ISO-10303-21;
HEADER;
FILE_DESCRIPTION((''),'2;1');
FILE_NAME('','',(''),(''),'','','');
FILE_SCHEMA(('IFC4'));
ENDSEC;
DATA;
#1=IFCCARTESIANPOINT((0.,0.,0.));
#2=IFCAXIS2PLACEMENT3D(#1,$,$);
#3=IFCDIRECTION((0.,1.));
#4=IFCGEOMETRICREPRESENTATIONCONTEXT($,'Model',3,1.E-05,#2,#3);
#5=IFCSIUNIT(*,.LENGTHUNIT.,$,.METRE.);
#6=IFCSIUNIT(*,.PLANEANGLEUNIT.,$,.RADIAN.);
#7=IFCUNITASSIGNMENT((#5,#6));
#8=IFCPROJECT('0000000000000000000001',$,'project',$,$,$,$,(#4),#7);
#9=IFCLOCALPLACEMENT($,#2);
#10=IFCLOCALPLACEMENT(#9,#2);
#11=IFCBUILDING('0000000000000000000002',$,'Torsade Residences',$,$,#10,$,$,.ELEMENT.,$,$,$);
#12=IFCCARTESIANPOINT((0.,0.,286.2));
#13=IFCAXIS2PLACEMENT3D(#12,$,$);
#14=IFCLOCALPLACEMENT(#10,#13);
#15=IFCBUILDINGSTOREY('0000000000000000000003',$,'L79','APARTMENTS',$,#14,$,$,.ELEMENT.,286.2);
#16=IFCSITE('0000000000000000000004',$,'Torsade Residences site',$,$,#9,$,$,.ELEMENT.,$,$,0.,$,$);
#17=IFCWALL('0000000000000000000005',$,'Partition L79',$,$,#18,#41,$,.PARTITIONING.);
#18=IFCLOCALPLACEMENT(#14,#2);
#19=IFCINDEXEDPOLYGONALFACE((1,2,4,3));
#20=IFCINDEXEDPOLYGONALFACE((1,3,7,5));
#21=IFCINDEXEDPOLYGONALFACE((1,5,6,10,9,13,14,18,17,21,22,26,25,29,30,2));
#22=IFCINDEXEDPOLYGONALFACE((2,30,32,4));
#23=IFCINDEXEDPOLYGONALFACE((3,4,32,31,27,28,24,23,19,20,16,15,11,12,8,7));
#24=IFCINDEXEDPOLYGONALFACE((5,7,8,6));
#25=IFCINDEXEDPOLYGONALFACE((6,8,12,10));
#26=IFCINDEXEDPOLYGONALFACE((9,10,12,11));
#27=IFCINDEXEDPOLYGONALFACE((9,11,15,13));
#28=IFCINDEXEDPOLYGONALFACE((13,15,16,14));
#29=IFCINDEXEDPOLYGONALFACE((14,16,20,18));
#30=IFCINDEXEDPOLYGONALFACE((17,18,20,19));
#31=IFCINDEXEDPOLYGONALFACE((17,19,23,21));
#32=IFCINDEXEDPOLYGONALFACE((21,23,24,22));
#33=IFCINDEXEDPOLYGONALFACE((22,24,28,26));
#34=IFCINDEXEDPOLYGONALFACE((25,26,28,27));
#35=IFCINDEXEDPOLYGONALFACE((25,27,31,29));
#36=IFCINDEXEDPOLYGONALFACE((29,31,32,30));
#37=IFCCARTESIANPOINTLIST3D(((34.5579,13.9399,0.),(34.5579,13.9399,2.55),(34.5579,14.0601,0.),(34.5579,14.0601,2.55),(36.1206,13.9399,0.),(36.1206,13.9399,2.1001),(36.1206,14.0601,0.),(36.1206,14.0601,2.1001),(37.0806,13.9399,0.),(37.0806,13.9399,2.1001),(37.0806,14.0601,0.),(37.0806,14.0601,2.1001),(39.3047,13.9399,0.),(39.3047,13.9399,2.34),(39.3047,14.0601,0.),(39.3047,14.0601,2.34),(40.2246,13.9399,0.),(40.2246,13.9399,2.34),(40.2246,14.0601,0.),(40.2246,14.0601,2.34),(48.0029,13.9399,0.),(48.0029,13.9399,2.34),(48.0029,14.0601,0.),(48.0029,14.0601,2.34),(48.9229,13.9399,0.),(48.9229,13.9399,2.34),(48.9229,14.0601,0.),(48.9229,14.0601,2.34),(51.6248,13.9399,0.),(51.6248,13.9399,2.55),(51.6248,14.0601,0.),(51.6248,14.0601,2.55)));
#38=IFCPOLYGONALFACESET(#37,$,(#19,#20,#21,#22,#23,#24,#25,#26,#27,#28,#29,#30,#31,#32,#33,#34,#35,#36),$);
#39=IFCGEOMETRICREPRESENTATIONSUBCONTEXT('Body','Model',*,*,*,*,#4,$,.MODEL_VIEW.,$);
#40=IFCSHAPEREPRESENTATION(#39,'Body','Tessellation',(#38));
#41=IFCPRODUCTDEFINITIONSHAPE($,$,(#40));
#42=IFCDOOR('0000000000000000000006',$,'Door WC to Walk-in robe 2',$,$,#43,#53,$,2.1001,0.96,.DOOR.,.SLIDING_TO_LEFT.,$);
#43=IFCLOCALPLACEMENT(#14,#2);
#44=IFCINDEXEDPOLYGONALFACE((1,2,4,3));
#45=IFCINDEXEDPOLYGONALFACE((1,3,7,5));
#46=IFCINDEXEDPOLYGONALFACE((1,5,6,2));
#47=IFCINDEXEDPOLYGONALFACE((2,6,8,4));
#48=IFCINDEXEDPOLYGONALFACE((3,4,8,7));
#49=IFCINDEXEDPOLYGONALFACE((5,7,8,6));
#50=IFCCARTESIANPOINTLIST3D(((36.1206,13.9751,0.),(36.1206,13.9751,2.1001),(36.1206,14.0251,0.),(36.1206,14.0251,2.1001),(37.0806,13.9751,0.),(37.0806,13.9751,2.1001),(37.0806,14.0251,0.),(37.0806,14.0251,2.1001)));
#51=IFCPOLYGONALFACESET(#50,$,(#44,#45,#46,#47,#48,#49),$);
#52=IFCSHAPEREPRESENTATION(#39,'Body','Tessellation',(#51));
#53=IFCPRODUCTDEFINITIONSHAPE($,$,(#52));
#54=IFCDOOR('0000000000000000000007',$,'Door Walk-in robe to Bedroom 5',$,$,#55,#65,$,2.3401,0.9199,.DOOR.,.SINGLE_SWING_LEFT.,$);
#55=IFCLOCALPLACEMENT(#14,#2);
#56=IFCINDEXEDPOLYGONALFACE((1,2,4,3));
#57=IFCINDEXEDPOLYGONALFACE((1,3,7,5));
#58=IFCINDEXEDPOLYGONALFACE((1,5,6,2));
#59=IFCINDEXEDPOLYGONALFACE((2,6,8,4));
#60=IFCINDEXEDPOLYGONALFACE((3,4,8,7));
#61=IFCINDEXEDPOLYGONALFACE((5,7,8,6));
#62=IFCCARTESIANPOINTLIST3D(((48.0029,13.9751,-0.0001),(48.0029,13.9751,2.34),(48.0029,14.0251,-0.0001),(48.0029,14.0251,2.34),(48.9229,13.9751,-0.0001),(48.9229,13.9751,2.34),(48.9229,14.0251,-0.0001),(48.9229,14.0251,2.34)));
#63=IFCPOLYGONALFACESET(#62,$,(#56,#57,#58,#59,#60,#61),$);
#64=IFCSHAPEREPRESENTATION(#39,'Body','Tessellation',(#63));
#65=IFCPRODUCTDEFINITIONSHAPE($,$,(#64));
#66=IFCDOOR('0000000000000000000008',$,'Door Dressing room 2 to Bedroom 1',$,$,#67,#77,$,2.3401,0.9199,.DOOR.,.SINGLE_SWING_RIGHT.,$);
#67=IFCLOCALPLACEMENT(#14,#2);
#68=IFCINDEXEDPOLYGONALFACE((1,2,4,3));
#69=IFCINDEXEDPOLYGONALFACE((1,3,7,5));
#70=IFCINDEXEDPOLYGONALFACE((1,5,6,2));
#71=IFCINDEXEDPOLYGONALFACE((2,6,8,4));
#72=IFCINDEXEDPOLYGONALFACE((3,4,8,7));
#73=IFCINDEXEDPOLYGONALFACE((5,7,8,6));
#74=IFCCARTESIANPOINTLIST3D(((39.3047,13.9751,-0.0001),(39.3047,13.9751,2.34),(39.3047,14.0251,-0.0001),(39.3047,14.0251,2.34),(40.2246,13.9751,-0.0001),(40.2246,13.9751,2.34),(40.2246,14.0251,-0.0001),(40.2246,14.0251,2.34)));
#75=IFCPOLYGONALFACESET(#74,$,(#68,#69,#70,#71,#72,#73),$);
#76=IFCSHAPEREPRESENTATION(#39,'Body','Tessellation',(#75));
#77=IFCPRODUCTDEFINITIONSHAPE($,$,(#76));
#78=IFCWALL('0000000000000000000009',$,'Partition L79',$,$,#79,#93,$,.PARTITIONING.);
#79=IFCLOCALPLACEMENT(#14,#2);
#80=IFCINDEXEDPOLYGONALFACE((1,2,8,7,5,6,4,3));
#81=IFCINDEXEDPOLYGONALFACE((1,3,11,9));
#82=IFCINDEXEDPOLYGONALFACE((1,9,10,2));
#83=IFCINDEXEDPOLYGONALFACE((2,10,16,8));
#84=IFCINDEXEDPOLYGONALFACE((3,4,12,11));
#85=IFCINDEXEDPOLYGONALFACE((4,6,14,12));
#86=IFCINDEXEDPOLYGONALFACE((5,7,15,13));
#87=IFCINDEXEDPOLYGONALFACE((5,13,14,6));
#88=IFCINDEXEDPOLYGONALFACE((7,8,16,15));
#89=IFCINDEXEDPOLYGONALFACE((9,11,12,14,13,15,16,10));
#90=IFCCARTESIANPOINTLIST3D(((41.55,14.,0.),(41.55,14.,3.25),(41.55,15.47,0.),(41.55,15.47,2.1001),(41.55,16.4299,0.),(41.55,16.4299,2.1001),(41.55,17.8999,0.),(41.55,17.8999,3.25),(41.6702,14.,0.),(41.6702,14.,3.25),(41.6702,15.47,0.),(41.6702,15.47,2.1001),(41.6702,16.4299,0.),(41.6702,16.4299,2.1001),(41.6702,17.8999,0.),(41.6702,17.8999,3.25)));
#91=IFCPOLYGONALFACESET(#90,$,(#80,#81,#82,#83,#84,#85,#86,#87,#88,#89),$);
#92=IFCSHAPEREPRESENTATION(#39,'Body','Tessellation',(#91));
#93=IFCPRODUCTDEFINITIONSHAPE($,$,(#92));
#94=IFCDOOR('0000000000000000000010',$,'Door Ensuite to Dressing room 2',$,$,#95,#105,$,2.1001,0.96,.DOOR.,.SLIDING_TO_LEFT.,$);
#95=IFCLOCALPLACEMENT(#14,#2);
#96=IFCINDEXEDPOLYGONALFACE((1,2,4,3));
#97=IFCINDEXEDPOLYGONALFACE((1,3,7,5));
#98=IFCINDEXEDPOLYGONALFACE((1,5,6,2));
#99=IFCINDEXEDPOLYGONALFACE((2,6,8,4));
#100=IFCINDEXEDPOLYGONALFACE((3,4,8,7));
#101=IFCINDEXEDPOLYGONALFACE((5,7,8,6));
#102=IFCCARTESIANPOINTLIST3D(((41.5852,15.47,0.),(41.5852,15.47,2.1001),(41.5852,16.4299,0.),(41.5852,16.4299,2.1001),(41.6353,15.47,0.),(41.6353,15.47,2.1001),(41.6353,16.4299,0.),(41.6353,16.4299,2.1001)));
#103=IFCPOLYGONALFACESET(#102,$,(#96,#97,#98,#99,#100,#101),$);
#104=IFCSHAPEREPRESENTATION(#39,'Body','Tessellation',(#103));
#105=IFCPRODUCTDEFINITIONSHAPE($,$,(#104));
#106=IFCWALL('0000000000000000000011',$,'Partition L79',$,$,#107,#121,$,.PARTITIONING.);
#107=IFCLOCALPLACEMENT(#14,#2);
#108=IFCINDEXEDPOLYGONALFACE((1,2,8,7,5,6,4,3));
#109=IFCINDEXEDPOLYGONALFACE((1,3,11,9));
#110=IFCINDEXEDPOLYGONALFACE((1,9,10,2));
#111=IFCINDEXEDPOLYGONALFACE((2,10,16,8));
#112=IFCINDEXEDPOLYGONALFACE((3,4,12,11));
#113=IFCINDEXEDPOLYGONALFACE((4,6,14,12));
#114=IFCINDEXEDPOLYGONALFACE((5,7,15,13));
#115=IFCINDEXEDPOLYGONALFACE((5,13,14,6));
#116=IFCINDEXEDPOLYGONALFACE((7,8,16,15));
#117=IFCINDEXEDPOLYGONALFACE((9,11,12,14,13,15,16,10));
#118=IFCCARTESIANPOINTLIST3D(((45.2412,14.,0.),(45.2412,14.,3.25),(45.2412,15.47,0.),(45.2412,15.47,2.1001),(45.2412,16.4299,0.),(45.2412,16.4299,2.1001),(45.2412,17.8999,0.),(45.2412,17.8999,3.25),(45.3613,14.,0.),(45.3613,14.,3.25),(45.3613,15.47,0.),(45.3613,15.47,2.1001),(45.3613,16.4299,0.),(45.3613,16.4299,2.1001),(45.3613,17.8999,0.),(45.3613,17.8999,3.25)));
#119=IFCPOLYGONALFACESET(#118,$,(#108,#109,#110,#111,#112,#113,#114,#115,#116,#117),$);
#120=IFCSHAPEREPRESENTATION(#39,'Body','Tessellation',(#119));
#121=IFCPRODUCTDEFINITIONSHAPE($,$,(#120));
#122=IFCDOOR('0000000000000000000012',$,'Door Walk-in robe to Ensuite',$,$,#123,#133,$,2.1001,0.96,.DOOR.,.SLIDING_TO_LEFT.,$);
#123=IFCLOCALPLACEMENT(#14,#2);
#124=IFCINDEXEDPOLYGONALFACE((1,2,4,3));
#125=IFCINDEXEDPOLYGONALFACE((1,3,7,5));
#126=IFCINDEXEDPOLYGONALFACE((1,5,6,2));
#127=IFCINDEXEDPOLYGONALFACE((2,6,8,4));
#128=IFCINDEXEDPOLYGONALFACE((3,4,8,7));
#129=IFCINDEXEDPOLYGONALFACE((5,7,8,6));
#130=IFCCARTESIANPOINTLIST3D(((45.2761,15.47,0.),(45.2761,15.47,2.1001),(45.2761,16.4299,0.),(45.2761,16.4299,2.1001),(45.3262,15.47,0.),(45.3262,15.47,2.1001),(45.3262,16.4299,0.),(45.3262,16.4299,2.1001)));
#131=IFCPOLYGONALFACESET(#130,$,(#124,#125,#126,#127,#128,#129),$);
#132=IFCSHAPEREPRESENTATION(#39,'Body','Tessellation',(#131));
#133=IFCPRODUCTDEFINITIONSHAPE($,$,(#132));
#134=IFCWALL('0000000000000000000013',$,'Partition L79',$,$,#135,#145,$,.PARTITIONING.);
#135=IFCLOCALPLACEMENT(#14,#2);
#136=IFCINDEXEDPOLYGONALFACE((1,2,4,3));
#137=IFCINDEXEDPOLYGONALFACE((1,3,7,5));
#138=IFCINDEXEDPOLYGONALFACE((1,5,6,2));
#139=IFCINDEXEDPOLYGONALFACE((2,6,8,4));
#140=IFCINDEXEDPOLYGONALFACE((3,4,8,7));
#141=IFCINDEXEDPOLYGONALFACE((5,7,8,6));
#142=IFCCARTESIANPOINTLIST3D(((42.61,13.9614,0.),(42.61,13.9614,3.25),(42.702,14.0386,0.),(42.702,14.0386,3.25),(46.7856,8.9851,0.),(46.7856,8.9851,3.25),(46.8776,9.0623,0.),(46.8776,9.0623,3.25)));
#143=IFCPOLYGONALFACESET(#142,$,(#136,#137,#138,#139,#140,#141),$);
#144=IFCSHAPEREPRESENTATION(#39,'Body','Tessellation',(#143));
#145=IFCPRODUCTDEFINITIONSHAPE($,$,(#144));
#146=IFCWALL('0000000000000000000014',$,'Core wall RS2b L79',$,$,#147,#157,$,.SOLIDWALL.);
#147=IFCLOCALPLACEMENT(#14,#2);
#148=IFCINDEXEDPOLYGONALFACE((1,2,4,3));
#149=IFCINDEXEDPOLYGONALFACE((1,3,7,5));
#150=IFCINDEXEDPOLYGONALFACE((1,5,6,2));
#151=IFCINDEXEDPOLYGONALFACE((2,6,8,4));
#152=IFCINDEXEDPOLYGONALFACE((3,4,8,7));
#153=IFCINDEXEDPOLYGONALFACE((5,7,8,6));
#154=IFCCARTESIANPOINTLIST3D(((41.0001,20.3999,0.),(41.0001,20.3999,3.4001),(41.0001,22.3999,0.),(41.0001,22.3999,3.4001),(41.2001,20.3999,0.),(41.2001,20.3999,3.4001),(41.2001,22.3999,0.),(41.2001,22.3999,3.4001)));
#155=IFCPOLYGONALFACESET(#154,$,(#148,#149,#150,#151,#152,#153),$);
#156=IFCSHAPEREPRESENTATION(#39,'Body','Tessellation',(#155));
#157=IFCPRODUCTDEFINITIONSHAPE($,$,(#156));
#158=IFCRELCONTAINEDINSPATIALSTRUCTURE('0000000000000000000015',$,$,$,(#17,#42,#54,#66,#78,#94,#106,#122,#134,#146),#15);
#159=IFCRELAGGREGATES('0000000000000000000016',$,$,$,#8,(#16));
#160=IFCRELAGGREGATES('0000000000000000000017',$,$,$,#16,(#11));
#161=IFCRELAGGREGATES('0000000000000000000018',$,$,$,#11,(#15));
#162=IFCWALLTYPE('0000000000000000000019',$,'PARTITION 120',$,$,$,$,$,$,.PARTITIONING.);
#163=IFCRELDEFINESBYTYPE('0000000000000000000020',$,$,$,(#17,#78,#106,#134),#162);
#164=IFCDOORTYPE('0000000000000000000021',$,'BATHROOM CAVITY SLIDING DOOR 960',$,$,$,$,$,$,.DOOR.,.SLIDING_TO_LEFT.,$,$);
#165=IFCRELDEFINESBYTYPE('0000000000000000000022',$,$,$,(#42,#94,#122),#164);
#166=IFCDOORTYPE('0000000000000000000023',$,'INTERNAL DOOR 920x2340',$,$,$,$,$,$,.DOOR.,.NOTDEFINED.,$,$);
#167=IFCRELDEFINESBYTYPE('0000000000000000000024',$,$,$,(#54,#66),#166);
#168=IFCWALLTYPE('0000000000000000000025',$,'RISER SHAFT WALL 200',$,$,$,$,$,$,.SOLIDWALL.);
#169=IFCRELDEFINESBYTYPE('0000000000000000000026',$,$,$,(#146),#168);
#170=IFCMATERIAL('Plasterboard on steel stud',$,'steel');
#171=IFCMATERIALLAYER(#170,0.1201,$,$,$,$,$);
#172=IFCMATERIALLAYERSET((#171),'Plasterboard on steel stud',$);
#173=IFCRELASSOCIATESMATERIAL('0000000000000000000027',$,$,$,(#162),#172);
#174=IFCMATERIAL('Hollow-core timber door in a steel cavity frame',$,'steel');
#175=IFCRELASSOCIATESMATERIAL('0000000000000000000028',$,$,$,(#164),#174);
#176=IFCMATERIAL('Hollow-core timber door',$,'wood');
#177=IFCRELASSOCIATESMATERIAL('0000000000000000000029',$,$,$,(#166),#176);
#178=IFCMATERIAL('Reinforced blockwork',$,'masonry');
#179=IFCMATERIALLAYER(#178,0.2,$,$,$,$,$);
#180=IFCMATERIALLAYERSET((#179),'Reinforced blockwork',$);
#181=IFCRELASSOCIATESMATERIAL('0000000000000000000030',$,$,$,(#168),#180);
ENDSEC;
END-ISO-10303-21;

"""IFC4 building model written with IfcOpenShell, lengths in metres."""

from ifc_helpers import new_model, si_unit, direction, frame, frame_2d, origin, place, context, subcontext, project, spatial, rectangle, extrude, material, layer, layer_set, type_object, element, fill, save


model = new_model("IFC4")

# Units and contexts
model_context = context("Model", 3, precision=1e-05, world=origin(), true_north=direction((0.0, 1.0)))
body_context = subcontext(model_context, "Body", "Model", "MODEL_VIEW")
ifc_project = project(units=[si_unit("LENGTHUNIT", "METRE"), si_unit("PLANEANGLEUNIT", "RADIAN")], contexts=[model_context])

# Site, building, storey
site_placement = place(None, origin())
site = spatial("IfcSite", under=ifc_project, at=site_placement, Name="Torsade Residences site", CompositionType="ELEMENT", RefElevation=0.0)
building_placement = place(site_placement, origin())
building = spatial("IfcBuilding", under=site, at=building_placement, Name="Torsade Residences", CompositionType="ELEMENT")
storey_placement = place(building_placement, frame((0.0, 0.0, 286.2)))
storey = spatial("IfcBuildingStorey", under=building, at=storey_placement, Name="L79", Description="APARTMENTS", CompositionType="ELEMENT", Elevation=286.2)

# Wall, openings, doors
ifc_material_1 = material(Name="Plasterboard on steel stud", Category="steel")
ifc_layer_1 = layer(ifc_material_1, 0.1201)
ifc_layer_set_1 = layer_set([ifc_layer_1], Name="Plasterboard on steel stud")
wall_type_1 = type_object("IfcWallType", Name="PARTITION 120", PredefinedType="PARTITIONING", material=ifc_layer_set_1)
wall_1_placement = place(storey_placement, frame((51.6248, 14.0, 0.0), z_axis=(0.0, 0.0, 1.0), x_axis=(-1.0, 0.0, 0.0)))
wall_1 = element("IfcWall", 1, at=wall_1_placement, inside=storey, type_object=wall_type_1, Name="Partition L79", PredefinedType="PARTITIONING", context=body_context, shape_type="SweptSolid", body=[
    extrude(rectangle(XDim=17.0669, YDim=0.1201, at=frame_2d((8.5334, 0.0))), origin(), (0.0, 0.0, 1.0), 2.55),
])
opening_1_placement = place(wall_1_placement, frame((2.7019, 0.0, 0.0)))
opening_1 = element("IfcOpeningElement", 2, at=opening_1_placement, cuts=wall_1, PredefinedType="OPENING", context=body_context, shape_type="SweptSolid", body=[
    extrude(rectangle(XDim=0.9199, YDim=2.3401, at=frame_2d((0.46, 1.1699))), frame((0.0, 0.0701, 0.0), z_axis=(0.0, -1.0, 0.0), x_axis=(1.0, 0.0, 0.0)), (0.0, 0.0, 1.0), 0.1401),
])
opening_2_placement = place(wall_1_placement, frame((11.4001, 0.0, 0.0)))
opening_2 = element("IfcOpeningElement", 3, at=opening_2_placement, cuts=wall_1, PredefinedType="OPENING", context=body_context, shape_type="SweptSolid", body=[
    extrude(rectangle(XDim=0.9199, YDim=2.3401, at=frame_2d((0.46, 1.1699))), frame((0.0, 0.0701, 0.0), z_axis=(0.0, -1.0, 0.0), x_axis=(1.0, 0.0, 0.0)), (0.0, 0.0, 1.0), 0.1401),
])
opening_3_placement = place(wall_1_placement, frame((14.5442, 0.0, 0.0)))
opening_3 = element("IfcOpeningElement", 4, at=opening_3_placement, cuts=wall_1, PredefinedType="OPENING", context=body_context, shape_type="SweptSolid", body=[
    extrude(rectangle(XDim=0.96, YDim=2.1001, at=frame_2d((0.48, 1.05))), frame((0.0, 0.0701, 0.0), z_axis=(0.0, -1.0, 0.0), x_axis=(1.0, 0.0, 0.0)), (0.0, 0.0, 1.0), 0.1401),
])
ifc_material_2 = material(Name="Hollow-core timber door in a steel cavity frame", Category="steel")
door_type_1 = type_object("IfcDoorType", Name="BATHROOM CAVITY SLIDING DOOR 960", OperationType="SLIDING_TO_LEFT", PredefinedType="DOOR", material=ifc_material_2)
door_1_placement = place(opening_3_placement, origin())
door_1 = element("IfcDoor", 5, at=door_1_placement, inside=storey, type_object=door_type_1, Name="Door WC to Walk-in robe 2", OperationType="SLIDING_TO_LEFT", OverallHeight=2.1001, OverallWidth=0.96, PredefinedType="DOOR", context=body_context, shape_type="SweptSolid", body=[
    extrude(rectangle(XDim=0.96, YDim=2.1001, at=frame_2d((0.48, 1.05))), frame((0.0, 0.0249, 0.0), z_axis=(0.0, -1.0, 0.0), x_axis=(1.0, 0.0, 0.0)), (0.0, 0.0, 1.0), 0.05),
])
fill(opening_3, door_1)
ifc_material_3 = material(Name="Hollow-core timber door", Category="wood")
door_type_2 = type_object("IfcDoorType", Name="INTERNAL DOOR 920x2340", OperationType="NOTDEFINED", PredefinedType="DOOR", material=ifc_material_3)
door_2_placement = place(opening_1_placement, origin())
door_2 = element("IfcDoor", 6, at=door_2_placement, inside=storey, type_object=door_type_2, Name="Door Walk-in robe to Bedroom 5", OperationType="SINGLE_SWING_LEFT", OverallHeight=2.3401, OverallWidth=0.9199, PredefinedType="DOOR", context=body_context, shape_type="SweptSolid", body=[
    extrude(rectangle(XDim=0.9199, YDim=2.3401, at=frame_2d((0.46, 1.1699))), frame((0.0, 0.0249, 0.0), z_axis=(0.0, -1.0, 0.0), x_axis=(1.0, 0.0, 0.0)), (0.0, 0.0, 1.0), 0.05),
])
fill(opening_1, door_2)
door_3_placement = place(opening_2_placement, origin())
door_3 = element("IfcDoor", 7, at=door_3_placement, inside=storey, type_object=door_type_2, Name="Door Dressing room 2 to Bedroom 1", OperationType="SINGLE_SWING_RIGHT", OverallHeight=2.3401, OverallWidth=0.9199, PredefinedType="DOOR", context=body_context, shape_type="SweptSolid", body=[
    extrude(rectangle(XDim=0.9199, YDim=2.3401, at=frame_2d((0.46, 1.1699))), frame((0.0, 0.0249, 0.0), z_axis=(0.0, -1.0, 0.0), x_axis=(1.0, 0.0, 0.0)), (0.0, 0.0, 1.0), 0.05),
])
fill(opening_2, door_3)

# Walls, openings, doors
wall_2_placement = place(storey_placement, frame((41.6101, 14.0, 0.0), z_axis=(0.0, 0.0, 1.0), x_axis=(0.0, 1.0, 0.0)))
wall_2 = element("IfcWall", 8, at=wall_2_placement, inside=storey, type_object=wall_type_1, Name="Partition L79", PredefinedType="PARTITIONING", context=body_context, shape_type="SweptSolid", body=[
    extrude(rectangle(XDim=3.8999, YDim=0.1201, at=frame_2d((1.95, 0.0))), origin(), (0.0, 0.0, 1.0), 3.25),
])
opening_4_placement = place(wall_2_placement, frame((1.47, 0.0, 0.0)))
opening_4 = element("IfcOpeningElement", 9, at=opening_4_placement, cuts=wall_2, PredefinedType="OPENING", context=body_context, shape_type="SweptSolid", body=[
    extrude(rectangle(XDim=0.96, YDim=2.1001, at=frame_2d((0.48, 1.05))), frame((0.0, 0.0701, 0.0), z_axis=(0.0, -1.0, 0.0), x_axis=(1.0, 0.0, 0.0)), (0.0, 0.0, 1.0), 0.1401),
])
door_4_placement = place(opening_4_placement, origin())
door_4 = element("IfcDoor", 10, at=door_4_placement, inside=storey, type_object=door_type_1, Name="Door Ensuite to Dressing room 2", OperationType="SLIDING_TO_LEFT", OverallHeight=2.1001, OverallWidth=0.96, PredefinedType="DOOR", context=body_context, shape_type="SweptSolid", body=[
    extrude(rectangle(XDim=0.96, YDim=2.1001, at=frame_2d((0.48, 1.05))), frame((0.0, 0.0249, 0.0), z_axis=(0.0, -1.0, 0.0), x_axis=(1.0, 0.0, 0.0)), (0.0, 0.0, 1.0), 0.05),
])
fill(opening_4, door_4)
wall_3_placement = place(storey_placement, frame((45.3013, 17.8999, 0.0), z_axis=(0.0, 0.0, 1.0), x_axis=(0.0, -1.0, 0.0)))
wall_3 = element("IfcWall", 11, at=wall_3_placement, inside=storey, type_object=wall_type_1, Name="Partition L79", PredefinedType="PARTITIONING", context=body_context, shape_type="SweptSolid", body=[
    extrude(rectangle(XDim=3.8999, YDim=0.1201, at=frame_2d((1.95, 0.0))), origin(), (0.0, 0.0, 1.0), 3.25),
])
opening_5_placement = place(wall_3_placement, frame((1.47, 0.0, 0.0)))
opening_5 = element("IfcOpeningElement", 12, at=opening_5_placement, cuts=wall_3, PredefinedType="OPENING", context=body_context, shape_type="SweptSolid", body=[
    extrude(rectangle(XDim=0.96, YDim=2.1001, at=frame_2d((0.48, 1.05))), frame((0.0, 0.0701, 0.0), z_axis=(0.0, -1.0, 0.0), x_axis=(1.0, 0.0, 0.0)), (0.0, 0.0, 1.0), 0.1401),
])
door_5_placement = place(opening_5_placement, origin())
door_5 = element("IfcDoor", 13, at=door_5_placement, inside=storey, type_object=door_type_1, Name="Door Walk-in robe to Ensuite", OperationType="SLIDING_TO_LEFT", OverallHeight=2.1001, OverallWidth=0.96, PredefinedType="DOOR", context=body_context, shape_type="SweptSolid", body=[
    extrude(rectangle(XDim=0.96, YDim=2.1001, at=frame_2d((0.48, 1.05))), frame((0.0, 0.0249, 0.0), z_axis=(0.0, -1.0, 0.0), x_axis=(1.0, 0.0, 0.0)), (0.0, 0.0, 1.0), 0.05),
])
fill(opening_5, door_5)

# Walls
wall_4_placement = place(storey_placement, frame((42.656, 14.0, 0.0), z_axis=(0.0, 0.0, 1.0), x_axis=(0.642779, -0.766051, 0.0)))
element("IfcWall", 14, at=wall_4_placement, inside=storey, type_object=wall_type_1, Name="Partition L79", PredefinedType="PARTITIONING", context=body_context, shape_type="SweptSolid", body=[
    extrude(rectangle(XDim=6.4961, YDim=0.1201, at=frame_2d((3.248, 0.0))), origin(), (0.0, 0.0, 1.0), 3.25),
])
ifc_material_4 = material(Name="Reinforced blockwork", Category="masonry")
ifc_layer_2 = layer(ifc_material_4, 0.2)
ifc_layer_set_2 = layer_set([ifc_layer_2], Name="Reinforced blockwork")
wall_type_2 = type_object("IfcWallType", Name="RISER SHAFT WALL 200", PredefinedType="SOLIDWALL", material=ifc_layer_set_2)
wall_5_placement = place(storey_placement, frame((41.1001, 22.3999, 0.0), z_axis=(0.0, 0.0, 1.0), x_axis=(0.0, -1.0, 0.0)))
element("IfcWall", 15, at=wall_5_placement, inside=storey, type_object=wall_type_2, Name="Core wall RS2b L79", PredefinedType="SOLIDWALL", context=body_context, shape_type="SweptSolid", body=[
    extrude(rectangle(XDim=2.0, YDim=0.2, at=frame_2d((1.0, 0.0))), origin(), (0.0, 0.0, 1.0), 3.4001),
])

save(model, "model.ifc")
